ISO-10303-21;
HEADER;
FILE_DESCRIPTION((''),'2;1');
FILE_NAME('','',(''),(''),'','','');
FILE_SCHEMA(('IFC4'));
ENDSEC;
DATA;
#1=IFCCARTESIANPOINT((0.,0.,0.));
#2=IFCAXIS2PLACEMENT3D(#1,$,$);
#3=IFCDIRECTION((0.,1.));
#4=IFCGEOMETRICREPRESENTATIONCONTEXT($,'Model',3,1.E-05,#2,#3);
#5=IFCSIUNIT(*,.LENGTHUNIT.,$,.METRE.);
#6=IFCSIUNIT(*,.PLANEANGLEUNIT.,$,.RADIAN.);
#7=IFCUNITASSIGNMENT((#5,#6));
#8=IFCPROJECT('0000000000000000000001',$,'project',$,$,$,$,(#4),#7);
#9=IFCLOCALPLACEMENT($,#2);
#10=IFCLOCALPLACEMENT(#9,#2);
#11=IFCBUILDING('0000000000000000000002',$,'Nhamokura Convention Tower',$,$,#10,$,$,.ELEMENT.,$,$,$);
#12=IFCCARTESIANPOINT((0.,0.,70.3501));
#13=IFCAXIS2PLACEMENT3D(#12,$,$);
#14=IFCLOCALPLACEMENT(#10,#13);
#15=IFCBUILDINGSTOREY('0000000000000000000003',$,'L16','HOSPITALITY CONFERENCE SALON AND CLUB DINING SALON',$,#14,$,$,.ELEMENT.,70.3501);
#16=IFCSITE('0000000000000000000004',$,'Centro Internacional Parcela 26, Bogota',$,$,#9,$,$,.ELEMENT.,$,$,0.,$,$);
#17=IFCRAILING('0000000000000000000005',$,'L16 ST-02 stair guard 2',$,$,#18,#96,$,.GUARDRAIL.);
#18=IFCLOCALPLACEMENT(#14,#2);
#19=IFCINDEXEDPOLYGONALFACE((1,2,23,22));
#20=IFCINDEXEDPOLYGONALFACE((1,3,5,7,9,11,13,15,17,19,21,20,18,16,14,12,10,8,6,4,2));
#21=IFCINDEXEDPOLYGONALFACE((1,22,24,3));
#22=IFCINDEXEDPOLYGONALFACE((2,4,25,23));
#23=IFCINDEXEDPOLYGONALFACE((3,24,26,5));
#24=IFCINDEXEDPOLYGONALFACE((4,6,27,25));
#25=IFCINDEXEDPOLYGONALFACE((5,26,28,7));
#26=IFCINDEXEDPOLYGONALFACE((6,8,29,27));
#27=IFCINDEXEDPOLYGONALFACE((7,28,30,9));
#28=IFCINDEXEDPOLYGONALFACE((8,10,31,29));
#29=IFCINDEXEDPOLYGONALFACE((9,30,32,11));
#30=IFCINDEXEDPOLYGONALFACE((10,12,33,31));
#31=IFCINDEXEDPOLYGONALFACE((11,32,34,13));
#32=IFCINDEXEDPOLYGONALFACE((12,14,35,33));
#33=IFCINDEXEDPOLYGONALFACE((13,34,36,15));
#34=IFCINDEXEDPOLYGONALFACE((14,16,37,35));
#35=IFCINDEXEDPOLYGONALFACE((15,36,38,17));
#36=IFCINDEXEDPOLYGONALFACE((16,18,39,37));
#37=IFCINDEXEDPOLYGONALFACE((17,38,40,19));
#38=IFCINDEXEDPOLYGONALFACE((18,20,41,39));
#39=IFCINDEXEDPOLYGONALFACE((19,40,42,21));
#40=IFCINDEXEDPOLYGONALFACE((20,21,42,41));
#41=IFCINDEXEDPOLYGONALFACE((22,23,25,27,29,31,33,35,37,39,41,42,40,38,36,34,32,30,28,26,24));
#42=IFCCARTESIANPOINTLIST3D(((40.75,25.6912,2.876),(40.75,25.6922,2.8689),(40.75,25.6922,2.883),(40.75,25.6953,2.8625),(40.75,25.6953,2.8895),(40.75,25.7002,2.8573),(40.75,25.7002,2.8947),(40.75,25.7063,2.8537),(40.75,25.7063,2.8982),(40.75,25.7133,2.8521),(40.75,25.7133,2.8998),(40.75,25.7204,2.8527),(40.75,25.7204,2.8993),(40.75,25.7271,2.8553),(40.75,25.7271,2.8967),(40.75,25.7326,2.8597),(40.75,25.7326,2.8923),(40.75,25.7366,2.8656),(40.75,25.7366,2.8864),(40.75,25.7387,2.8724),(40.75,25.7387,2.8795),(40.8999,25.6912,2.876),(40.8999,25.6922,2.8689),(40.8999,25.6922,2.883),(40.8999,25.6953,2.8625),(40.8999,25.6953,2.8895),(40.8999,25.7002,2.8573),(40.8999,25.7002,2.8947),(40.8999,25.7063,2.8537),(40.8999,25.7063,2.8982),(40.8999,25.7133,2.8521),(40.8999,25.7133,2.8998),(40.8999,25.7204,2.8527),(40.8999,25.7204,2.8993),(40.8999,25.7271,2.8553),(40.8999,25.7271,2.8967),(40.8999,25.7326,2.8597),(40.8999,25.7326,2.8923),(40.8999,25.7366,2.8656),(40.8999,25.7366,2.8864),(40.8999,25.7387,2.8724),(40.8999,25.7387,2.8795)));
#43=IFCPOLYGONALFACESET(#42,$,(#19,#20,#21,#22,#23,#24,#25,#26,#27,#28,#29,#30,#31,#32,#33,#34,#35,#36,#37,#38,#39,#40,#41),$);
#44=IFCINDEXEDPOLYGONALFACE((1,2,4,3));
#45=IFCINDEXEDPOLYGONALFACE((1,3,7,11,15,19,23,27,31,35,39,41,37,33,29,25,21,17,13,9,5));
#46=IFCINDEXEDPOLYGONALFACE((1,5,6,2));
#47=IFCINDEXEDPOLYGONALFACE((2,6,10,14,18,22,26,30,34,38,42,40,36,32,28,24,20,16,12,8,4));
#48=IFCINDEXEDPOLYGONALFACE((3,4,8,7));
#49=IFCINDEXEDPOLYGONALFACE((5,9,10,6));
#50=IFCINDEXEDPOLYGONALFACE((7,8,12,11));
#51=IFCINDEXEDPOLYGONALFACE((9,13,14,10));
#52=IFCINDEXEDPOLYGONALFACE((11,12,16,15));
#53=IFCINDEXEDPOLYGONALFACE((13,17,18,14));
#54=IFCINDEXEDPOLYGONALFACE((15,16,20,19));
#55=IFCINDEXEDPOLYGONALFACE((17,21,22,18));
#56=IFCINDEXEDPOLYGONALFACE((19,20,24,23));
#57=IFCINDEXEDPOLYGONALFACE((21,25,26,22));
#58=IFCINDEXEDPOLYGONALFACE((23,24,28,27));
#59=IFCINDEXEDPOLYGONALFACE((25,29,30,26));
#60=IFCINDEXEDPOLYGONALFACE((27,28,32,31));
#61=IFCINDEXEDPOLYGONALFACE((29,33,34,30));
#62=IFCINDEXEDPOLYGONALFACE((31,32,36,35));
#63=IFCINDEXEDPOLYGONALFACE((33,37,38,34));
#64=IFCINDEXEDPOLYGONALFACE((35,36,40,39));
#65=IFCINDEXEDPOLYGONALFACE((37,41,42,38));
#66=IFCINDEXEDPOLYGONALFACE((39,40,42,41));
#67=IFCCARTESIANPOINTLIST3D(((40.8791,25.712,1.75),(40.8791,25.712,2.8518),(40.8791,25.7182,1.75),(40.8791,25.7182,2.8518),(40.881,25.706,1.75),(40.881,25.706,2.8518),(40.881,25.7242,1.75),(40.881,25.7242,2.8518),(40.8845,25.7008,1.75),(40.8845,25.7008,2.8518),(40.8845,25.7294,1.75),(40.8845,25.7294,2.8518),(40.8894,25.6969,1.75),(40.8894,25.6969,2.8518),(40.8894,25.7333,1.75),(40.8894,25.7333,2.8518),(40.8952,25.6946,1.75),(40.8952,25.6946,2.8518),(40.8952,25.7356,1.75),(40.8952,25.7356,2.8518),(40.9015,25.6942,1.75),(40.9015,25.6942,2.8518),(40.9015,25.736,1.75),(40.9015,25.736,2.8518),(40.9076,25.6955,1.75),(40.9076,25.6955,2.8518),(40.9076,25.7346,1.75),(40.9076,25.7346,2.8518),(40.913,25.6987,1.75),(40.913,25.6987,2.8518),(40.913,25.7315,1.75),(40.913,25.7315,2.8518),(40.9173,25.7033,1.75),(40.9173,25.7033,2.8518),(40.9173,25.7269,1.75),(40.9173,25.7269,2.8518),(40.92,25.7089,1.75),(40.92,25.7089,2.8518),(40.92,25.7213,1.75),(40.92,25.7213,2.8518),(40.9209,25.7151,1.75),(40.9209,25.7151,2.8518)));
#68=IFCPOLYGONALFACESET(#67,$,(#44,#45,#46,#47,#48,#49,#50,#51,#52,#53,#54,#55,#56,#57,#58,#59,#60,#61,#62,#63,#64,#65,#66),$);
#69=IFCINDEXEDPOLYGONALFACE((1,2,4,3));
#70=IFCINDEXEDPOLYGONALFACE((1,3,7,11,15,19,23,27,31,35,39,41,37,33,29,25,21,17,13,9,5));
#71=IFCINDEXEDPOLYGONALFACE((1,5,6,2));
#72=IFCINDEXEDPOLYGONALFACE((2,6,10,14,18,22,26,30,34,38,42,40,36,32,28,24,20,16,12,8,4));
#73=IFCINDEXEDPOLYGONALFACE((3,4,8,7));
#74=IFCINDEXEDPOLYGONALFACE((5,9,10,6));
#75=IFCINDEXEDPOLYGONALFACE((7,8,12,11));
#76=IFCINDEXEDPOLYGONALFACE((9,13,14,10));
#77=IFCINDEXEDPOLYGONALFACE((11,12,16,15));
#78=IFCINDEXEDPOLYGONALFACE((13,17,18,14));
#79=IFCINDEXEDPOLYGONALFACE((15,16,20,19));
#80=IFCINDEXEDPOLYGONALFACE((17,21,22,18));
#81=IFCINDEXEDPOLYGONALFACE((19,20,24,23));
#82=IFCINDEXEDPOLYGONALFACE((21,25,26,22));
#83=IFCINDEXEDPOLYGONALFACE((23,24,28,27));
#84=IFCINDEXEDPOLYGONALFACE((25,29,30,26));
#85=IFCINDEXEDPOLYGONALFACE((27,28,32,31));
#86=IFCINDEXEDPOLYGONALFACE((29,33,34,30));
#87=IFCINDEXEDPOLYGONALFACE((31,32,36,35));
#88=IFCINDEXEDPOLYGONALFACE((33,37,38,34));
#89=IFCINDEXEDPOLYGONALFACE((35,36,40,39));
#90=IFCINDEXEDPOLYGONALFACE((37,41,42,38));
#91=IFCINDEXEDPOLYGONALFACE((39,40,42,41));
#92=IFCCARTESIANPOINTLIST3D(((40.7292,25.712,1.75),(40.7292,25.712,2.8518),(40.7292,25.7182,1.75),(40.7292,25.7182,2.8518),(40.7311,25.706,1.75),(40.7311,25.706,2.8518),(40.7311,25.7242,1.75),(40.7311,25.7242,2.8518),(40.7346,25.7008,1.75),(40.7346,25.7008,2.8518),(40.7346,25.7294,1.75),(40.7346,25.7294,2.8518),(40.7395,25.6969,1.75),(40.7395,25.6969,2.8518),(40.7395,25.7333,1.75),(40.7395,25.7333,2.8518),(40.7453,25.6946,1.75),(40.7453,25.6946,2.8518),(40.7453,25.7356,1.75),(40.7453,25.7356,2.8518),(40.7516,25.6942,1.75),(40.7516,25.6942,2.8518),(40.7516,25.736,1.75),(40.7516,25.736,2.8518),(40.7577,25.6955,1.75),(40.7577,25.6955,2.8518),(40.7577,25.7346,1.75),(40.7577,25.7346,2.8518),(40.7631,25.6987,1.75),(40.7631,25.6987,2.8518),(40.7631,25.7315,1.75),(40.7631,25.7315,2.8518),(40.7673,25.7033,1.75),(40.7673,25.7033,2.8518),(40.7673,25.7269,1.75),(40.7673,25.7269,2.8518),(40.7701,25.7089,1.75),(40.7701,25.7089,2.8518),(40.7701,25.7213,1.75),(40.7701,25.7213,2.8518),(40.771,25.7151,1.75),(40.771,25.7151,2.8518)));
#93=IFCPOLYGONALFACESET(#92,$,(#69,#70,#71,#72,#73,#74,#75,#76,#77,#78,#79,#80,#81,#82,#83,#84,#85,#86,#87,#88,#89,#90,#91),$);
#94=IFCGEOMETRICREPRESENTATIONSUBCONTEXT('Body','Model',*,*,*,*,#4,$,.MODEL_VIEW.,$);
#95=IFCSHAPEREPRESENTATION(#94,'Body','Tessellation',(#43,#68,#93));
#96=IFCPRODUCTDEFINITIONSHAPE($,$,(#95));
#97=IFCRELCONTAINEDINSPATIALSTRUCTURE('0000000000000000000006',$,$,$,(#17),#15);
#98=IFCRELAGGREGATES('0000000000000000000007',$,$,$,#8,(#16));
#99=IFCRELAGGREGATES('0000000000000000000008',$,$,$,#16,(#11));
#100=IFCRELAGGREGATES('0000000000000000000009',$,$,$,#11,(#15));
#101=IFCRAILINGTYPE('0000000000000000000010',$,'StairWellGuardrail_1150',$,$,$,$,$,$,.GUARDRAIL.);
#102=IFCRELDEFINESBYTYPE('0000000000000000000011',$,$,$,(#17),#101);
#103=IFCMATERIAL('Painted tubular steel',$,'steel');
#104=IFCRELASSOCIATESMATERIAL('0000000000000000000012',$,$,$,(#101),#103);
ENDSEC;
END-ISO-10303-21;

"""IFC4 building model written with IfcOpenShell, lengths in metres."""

from ifc_helpers import new_model, si_unit, direction, frame, origin, origin_2d, place, context, subcontext, project, spatial, circle, extrude, material, type_object, element, save


model = new_model("IFC4")

# Units and contexts
model_context = context("Model", 3, precision=1e-05, world=origin(), true_north=direction((0.0, 1.0)))
body_context = subcontext(model_context, "Body", "Model", "MODEL_VIEW")
ifc_project = project(units=[si_unit("LENGTHUNIT", "METRE"), si_unit("PLANEANGLEUNIT", "RADIAN")], contexts=[model_context])

# Site, building, storey
site_placement = place(None, origin())
site = spatial("IfcSite", under=ifc_project, at=site_placement, Name="Centro Internacional Parcela 26, Bogota", CompositionType="ELEMENT", RefElevation=0.0)
building_placement = place(site_placement, origin())
building = spatial("IfcBuilding", under=site, at=building_placement, Name="Nhamokura Convention Tower", CompositionType="ELEMENT")
storey_placement = place(building_placement, frame((0.0, 0.0, 70.3501)))
storey = spatial("IfcBuildingStorey", under=building, at=storey_placement, Name="L16", Description="HOSPITALITY CONFERENCE SALON AND CLUB DINING SALON", CompositionType="ELEMENT", Elevation=70.3501)

# Railing
ifc_material_1 = material(Name="Painted tubular steel", Category="steel")
railing_type_1 = type_object("IfcRailingType", Name="StairWellGuardrail_1150", PredefinedType="GUARDRAIL", material=ifc_material_1)
railing_1_placement = place(storey_placement, frame((40.8999, 25.7151, 1.75)))
element("IfcRailing", 1, at=railing_1_placement, inside=storey, type_object=railing_type_1, Name="L16 ST-02 stair guard 2", PredefinedType="GUARDRAIL", context=body_context, shape_type="SweptSolid", body=[
    extrude(circle(Radius=0.0239, at=origin_2d()), frame((0.0, 0.0, 1.126), z_axis=(-1.0, 0.0, 0.0), x_axis=(0.0, -1.0, 0.0)), (0.0, 0.0, 1.0), 0.1499),
    extrude(circle(Radius=0.021, at=origin_2d()), origin(), (0.0, 0.0, 1.0), 1.1018),
    extrude(circle(Radius=0.021, at=origin_2d()), frame((-0.1499, 0.0, 0.0)), (0.0, 0.0, 1.0), 1.1018),
])

save(model, "model.ifc")
